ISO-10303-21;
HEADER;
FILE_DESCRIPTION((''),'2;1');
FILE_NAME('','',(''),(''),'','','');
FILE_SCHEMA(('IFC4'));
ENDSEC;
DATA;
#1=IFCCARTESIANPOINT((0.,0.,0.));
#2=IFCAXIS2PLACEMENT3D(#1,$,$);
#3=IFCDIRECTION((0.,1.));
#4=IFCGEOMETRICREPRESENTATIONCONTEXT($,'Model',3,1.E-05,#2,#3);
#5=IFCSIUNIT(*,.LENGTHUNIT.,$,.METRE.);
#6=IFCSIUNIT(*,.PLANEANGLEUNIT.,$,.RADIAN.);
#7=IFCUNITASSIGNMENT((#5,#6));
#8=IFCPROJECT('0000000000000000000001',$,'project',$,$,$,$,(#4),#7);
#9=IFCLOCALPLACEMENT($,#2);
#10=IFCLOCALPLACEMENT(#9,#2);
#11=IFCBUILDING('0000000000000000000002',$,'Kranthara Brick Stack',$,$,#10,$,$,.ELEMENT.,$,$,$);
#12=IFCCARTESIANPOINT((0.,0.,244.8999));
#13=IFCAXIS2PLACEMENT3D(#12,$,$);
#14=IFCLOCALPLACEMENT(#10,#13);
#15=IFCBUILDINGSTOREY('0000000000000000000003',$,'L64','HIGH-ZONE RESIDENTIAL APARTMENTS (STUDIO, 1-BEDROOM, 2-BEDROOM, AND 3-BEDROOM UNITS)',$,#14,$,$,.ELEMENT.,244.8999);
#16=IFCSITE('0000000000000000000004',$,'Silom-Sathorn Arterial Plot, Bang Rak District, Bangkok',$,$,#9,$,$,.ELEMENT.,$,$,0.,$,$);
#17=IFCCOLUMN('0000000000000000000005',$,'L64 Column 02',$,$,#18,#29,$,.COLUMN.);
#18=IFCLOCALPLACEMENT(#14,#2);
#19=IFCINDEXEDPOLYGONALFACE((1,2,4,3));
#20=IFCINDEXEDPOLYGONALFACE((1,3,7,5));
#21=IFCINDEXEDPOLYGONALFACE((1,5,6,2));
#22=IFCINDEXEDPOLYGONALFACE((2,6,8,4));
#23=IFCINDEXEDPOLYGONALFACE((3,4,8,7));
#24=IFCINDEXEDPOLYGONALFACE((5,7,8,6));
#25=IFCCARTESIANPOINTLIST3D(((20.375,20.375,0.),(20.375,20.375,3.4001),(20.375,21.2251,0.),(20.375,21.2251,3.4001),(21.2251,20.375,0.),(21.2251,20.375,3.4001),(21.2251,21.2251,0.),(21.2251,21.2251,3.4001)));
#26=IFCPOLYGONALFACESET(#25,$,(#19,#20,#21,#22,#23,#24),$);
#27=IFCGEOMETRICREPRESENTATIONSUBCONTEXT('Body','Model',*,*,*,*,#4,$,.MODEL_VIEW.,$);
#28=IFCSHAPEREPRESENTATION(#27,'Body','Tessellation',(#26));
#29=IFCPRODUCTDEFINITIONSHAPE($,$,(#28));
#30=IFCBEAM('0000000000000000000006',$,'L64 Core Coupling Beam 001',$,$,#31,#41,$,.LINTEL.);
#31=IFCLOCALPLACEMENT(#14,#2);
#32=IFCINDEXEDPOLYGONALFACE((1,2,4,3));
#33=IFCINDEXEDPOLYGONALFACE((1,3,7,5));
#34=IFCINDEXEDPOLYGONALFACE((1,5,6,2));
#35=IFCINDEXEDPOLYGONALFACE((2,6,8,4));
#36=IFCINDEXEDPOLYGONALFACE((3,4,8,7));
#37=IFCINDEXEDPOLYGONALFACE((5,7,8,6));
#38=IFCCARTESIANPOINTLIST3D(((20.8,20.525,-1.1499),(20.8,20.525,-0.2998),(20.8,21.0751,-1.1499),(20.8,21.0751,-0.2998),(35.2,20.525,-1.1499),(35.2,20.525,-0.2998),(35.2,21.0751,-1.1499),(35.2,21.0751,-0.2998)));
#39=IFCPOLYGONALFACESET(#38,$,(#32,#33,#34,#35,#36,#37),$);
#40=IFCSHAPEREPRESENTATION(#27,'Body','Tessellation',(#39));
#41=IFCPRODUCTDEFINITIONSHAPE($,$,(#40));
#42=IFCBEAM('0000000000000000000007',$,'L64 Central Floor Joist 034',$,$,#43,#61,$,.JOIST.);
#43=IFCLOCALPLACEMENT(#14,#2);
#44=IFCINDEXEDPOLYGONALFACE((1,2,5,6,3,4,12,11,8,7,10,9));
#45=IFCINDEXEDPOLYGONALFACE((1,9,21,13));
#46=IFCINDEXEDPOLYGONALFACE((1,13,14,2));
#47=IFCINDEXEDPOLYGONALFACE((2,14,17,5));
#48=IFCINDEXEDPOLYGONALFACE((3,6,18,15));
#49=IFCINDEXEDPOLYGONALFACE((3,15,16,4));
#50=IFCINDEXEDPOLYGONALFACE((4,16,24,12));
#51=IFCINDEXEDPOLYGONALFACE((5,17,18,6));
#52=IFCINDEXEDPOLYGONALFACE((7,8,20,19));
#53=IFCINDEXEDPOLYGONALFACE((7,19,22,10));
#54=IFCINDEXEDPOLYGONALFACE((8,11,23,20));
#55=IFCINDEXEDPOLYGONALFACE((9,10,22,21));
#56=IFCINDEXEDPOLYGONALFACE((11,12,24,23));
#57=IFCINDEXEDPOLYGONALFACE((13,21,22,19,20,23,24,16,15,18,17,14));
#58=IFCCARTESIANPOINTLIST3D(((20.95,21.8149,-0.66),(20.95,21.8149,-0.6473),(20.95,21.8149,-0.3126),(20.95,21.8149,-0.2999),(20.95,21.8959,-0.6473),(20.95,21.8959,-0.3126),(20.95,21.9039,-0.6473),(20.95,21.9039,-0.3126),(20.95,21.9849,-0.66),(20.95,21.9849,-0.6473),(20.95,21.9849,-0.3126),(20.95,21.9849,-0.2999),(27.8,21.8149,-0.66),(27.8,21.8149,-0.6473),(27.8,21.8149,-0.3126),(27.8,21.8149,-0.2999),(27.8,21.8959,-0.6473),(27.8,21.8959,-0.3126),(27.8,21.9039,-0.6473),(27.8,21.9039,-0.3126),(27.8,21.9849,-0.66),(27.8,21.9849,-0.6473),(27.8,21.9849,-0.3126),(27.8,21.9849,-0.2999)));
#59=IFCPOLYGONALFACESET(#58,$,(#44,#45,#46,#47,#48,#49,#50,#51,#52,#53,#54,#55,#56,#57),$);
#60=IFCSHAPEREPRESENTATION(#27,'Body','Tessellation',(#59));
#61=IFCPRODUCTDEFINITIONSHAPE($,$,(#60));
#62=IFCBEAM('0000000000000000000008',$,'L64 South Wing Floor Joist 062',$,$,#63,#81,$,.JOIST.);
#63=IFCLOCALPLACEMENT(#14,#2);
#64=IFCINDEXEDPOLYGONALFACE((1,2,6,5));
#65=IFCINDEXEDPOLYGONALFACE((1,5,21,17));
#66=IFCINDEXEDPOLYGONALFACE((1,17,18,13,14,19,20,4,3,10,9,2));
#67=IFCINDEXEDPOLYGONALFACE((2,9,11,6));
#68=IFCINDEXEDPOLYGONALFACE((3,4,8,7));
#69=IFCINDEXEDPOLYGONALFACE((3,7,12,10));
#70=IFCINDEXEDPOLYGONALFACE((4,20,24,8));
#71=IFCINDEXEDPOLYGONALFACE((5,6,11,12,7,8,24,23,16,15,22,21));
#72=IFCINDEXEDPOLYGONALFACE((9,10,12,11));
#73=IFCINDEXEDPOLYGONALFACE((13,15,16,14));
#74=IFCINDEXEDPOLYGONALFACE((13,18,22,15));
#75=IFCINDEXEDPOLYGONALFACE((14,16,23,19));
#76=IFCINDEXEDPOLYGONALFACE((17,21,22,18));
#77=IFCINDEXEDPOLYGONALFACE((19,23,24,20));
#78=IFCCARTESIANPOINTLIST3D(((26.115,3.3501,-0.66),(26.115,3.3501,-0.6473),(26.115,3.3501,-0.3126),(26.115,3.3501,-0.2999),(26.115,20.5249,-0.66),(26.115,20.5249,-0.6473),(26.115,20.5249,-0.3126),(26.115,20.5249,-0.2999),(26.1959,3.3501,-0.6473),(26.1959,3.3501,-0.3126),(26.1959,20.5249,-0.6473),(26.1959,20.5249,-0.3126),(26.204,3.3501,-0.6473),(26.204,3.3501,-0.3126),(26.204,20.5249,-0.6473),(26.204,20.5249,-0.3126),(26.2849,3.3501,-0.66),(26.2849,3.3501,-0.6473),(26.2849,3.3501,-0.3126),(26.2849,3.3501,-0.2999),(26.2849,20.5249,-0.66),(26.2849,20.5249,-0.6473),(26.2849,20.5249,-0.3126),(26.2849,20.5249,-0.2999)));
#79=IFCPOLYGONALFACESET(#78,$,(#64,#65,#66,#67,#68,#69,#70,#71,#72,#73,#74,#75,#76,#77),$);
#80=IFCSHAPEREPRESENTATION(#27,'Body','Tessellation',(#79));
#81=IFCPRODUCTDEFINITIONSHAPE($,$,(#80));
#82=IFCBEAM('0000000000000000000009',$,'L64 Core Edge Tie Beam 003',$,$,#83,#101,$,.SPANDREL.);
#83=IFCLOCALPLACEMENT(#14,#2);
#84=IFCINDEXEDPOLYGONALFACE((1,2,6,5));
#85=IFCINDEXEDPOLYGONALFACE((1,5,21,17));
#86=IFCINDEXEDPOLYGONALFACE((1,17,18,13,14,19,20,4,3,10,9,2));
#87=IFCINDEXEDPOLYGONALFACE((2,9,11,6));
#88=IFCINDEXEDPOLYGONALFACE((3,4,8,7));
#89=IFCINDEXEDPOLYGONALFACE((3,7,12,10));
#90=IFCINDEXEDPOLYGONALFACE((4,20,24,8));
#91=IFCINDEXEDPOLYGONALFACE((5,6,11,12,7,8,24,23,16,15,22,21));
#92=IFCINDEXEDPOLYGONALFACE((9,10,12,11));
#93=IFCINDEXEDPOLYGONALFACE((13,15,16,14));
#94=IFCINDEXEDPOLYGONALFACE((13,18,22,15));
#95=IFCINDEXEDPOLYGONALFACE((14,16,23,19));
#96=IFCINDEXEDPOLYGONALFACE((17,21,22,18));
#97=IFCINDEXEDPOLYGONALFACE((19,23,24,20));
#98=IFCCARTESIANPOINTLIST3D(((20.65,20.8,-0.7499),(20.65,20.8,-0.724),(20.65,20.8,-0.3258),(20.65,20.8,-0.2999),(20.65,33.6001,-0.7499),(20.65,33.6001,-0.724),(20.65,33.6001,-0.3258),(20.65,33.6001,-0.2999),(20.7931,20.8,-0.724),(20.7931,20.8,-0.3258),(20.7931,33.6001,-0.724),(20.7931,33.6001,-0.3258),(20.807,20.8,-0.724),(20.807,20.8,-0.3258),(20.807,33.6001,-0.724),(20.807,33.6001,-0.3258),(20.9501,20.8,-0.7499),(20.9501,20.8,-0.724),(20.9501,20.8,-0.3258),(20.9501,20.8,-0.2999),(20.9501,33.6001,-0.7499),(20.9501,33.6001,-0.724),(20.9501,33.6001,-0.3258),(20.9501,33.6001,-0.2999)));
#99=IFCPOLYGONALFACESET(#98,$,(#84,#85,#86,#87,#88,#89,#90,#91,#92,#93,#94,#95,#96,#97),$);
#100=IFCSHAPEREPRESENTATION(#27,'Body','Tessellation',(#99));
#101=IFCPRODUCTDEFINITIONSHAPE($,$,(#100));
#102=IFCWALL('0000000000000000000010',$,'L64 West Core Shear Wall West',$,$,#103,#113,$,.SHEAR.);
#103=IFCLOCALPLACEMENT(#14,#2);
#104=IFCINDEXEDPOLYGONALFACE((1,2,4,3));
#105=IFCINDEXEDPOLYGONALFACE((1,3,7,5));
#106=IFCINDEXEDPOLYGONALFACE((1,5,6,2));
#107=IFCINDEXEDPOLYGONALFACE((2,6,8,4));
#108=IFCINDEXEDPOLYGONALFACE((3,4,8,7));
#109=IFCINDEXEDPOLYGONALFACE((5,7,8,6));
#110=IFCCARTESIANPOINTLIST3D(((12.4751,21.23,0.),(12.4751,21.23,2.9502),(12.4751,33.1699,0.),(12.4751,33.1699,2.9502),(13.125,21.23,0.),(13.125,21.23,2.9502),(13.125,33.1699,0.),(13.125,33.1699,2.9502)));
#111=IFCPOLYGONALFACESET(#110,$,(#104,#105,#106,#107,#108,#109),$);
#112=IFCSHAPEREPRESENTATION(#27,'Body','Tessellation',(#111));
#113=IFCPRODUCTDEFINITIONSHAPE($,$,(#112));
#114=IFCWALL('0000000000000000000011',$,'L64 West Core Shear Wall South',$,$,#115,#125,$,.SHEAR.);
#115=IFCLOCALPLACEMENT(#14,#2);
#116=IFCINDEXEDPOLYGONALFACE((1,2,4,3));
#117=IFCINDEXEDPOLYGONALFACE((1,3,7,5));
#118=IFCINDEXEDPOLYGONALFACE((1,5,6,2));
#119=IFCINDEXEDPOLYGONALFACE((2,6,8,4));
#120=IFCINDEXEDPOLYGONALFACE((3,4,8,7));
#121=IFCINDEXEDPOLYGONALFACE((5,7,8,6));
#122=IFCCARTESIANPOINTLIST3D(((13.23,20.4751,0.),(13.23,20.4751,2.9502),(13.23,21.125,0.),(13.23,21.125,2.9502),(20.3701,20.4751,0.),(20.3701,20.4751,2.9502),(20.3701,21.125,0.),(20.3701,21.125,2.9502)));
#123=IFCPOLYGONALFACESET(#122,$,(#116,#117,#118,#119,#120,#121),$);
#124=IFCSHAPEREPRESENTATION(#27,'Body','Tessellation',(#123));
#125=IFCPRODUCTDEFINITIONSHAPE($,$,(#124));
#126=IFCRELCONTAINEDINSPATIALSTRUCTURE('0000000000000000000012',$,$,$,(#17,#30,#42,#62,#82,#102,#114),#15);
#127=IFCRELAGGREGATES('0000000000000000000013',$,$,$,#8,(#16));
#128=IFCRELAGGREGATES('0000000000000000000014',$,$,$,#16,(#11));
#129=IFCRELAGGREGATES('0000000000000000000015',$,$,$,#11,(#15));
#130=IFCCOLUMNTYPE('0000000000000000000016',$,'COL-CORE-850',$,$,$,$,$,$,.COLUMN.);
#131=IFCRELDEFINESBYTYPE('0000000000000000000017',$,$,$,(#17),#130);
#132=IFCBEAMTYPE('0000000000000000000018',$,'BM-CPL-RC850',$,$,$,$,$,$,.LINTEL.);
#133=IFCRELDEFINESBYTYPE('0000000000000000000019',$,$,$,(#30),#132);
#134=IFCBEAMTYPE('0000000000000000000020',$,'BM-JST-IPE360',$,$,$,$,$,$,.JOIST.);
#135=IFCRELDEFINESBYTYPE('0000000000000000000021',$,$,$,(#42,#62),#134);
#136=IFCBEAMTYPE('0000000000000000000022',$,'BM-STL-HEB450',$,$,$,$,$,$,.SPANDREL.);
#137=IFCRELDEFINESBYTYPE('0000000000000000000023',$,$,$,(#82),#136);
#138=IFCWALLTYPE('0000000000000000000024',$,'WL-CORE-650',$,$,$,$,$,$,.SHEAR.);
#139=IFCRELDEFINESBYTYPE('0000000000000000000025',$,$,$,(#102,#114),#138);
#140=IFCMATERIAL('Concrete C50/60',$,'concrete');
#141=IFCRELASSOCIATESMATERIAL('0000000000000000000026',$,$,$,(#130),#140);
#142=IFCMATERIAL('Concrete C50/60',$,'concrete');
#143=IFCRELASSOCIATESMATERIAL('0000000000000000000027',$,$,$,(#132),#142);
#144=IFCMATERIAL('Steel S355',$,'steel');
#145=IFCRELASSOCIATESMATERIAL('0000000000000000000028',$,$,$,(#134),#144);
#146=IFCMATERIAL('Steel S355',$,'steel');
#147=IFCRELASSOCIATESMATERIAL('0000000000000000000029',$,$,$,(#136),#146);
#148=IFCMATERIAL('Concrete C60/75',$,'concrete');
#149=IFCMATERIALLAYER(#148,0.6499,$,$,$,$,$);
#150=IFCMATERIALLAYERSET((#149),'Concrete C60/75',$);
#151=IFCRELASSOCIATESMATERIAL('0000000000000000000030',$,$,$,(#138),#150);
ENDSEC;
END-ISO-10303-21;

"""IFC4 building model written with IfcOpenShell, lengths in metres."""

from ifc_helpers import new_model, si_unit, direction, frame, frame_2d, origin, origin_2d, place, context, subcontext, project, spatial, rectangle, i_section, extrude, material, layer, layer_set, material_profile, profile_set, type_object, element, save


model = new_model("IFC4")

# Units and contexts
model_context = context("Model", 3, precision=1e-05, world=origin(), true_north=direction((0.0, 1.0)))
body_context = subcontext(model_context, "Body", "Model", "MODEL_VIEW")
ifc_project = project(units=[si_unit("LENGTHUNIT", "METRE"), si_unit("PLANEANGLEUNIT", "RADIAN")], contexts=[model_context])

# Site, building, storey
site_placement = place(None, origin())
site = spatial("IfcSite", under=ifc_project, at=site_placement, Name="Silom-Sathorn Arterial Plot, Bang Rak District, Bangkok", CompositionType="ELEMENT", RefElevation=0.0)
building_placement = place(site_placement, origin())
building = spatial("IfcBuilding", under=site, at=building_placement, Name="Kranthara Brick Stack", CompositionType="ELEMENT")
storey_placement = place(building_placement, frame((0.0, 0.0, 244.8999)))
storey = spatial("IfcBuildingStorey", under=building, at=storey_placement, Name="L64", Description="HIGH-ZONE RESIDENTIAL APARTMENTS (STUDIO, 1-BEDROOM, 2-BEDROOM, AND 3-BEDROOM UNITS)", CompositionType="ELEMENT", Elevation=244.8999)

# Column
ifc_material_1 = material(Name="Concrete C50/60", Category="concrete")
ifc_material_profile_1 = material_profile(ifc_material_1, rectangle(XDim=0.8501, YDim=0.8501, at=origin_2d()), Name="RC 850x850")
ifc_profile_set_1 = profile_set([ifc_material_profile_1], Name="Concrete C50/60")
column_type = type_object("IfcColumnType", Name="COL-CORE-850", PredefinedType="COLUMN", material=ifc_profile_set_1)
column_placement = place(storey_placement, frame((20.8, 20.8, 0.0), z_axis=(0.0, 0.0, 1.0), x_axis=(1.0, 0.0, 0.0)))
element("IfcColumn", 1, at=column_placement, inside=storey, type_object=column_type, Name="L64 Column 02", PredefinedType="COLUMN", context=body_context, shape_type="SweptSolid", body=[
    extrude(rectangle(XDim=0.8501, YDim=0.8501, at=origin_2d()), origin(), (0.0, 0.0, 1.0), 3.4001),
])

# Beams
ifc_material_2 = material(Name="Concrete C50/60", Category="concrete")
ifc_material_profile_2 = material_profile(ifc_material_2, rectangle(XDim=0.55, YDim=0.8501, at=origin_2d()), Name="RC 550x850")
ifc_profile_set_2 = profile_set([ifc_material_profile_2], Name="Concrete C50/60")
beam_type_1 = type_object("IfcBeamType", Name="BM-CPL-RC850", PredefinedType="LINTEL", material=ifc_profile_set_2)
beam_1_placement = place(storey_placement, frame((20.8, 20.8, -0.7249), z_axis=(1.0, 0.0, 0.0), x_axis=(0.0, 1.0, 0.0)))
element("IfcBeam", 2, at=beam_1_placement, inside=storey, type_object=beam_type_1, Name="L64 Core Coupling Beam 001", PredefinedType="LINTEL", context=body_context, shape_type="SweptSolid", body=[
    extrude(rectangle(XDim=0.55, YDim=0.8501, at=origin_2d()), origin(), (0.0, 0.0, 1.0), 14.3999),
])
ifc_material_3 = material(Name="Steel S355", Category="steel")
ifc_material_profile_3 = material_profile(ifc_material_3, i_section(OverallWidth=0.1699, OverallDepth=0.3601, WebThickness=0.0081, FlangeThickness=0.0127, at=origin_2d()), Name="IPE 360")
ifc_profile_set_3 = profile_set([ifc_material_profile_3], Name="Steel S355")
beam_type_2 = type_object("IfcBeamType", Name="BM-JST-IPE360", PredefinedType="JOIST", material=ifc_profile_set_3)
beam_2_placement = place(storey_placement, frame((20.95, 21.8999, -0.48), z_axis=(1.0, 0.0, 0.0), x_axis=(0.0, 1.0, 0.0)))
element("IfcBeam", 3, at=beam_2_placement, inside=storey, type_object=beam_type_2, Name="L64 Central Floor Joist 034", PredefinedType="JOIST", context=body_context, shape_type="SweptSolid", body=[
    extrude(i_section(OverallWidth=0.1699, OverallDepth=0.3601, WebThickness=0.0081, FlangeThickness=0.0127, at=origin_2d()), origin(), (0.0, 0.0, 1.0), 6.8501),
])
beam_3_placement = place(storey_placement, frame((26.2, 3.3501, -0.48), z_axis=(0.0, 1.0, 0.0), x_axis=(-1.0, 0.0, 0.0)))
element("IfcBeam", 4, at=beam_3_placement, inside=storey, type_object=beam_type_2, Name="L64 South Wing Floor Joist 062", PredefinedType="JOIST", context=body_context, shape_type="SweptSolid", body=[
    extrude(i_section(OverallWidth=0.1699, OverallDepth=0.3601, WebThickness=0.0081, FlangeThickness=0.0127, at=origin_2d()), origin(), (0.0, 0.0, 1.0), 17.1748),
])
ifc_material_4 = material(Name="Steel S355", Category="steel")
ifc_material_profile_4 = material_profile(ifc_material_4, i_section(OverallWidth=0.3, OverallDepth=0.45, WebThickness=0.0139, FlangeThickness=0.0259, at=origin_2d()), Name="HEB 450")
ifc_profile_set_4 = profile_set([ifc_material_profile_4], Name="Steel S355")
beam_type_3 = type_object("IfcBeamType", Name="BM-STL-HEB450", PredefinedType="SPANDREL", material=ifc_profile_set_4)
beam_4_placement = place(storey_placement, frame((20.8, 20.8, -0.5249), z_axis=(0.0, 1.0, 0.0), x_axis=(-1.0, 0.0, 0.0)))
element("IfcBeam", 5, at=beam_4_placement, inside=storey, type_object=beam_type_3, Name="L64 Core Edge Tie Beam 003", PredefinedType="SPANDREL", context=body_context, shape_type="SweptSolid", body=[
    extrude(i_section(OverallWidth=0.3, OverallDepth=0.45, WebThickness=0.0139, FlangeThickness=0.0259, at=origin_2d()), origin(), (0.0, 0.0, 1.0), 12.8),
])

# Walls
ifc_material_5 = material(Name="Concrete C60/75", Category="concrete")
ifc_layer_1 = layer(ifc_material_5, 0.6499)
ifc_layer_set_1 = layer_set([ifc_layer_1], Name="Concrete C60/75")
wall_type_1 = type_object("IfcWallType", Name="WL-CORE-650", PredefinedType="SHEAR", material=ifc_layer_set_1)
wall_1_placement = place(storey_placement, frame((12.8, 21.23, 0.0), z_axis=(0.0, 0.0, 1.0), x_axis=(0.0, 1.0, 0.0)))
element("IfcWall", 6, at=wall_1_placement, inside=storey, type_object=wall_type_1, Name="L64 West Core Shear Wall West", PredefinedType="SHEAR", context=body_context, shape_type="SweptSolid", body=[
    extrude(rectangle(XDim=11.9399, YDim=0.6499, at=frame_2d((5.97, 0.0))), origin(), (0.0, 0.0, 1.0), 2.9502),
])
wall_2_placement = place(storey_placement, frame((13.23, 20.8, 0.0), z_axis=(0.0, 0.0, 1.0), x_axis=(1.0, 0.0, 0.0)))
element("IfcWall", 7, at=wall_2_placement, inside=storey, type_object=wall_type_1, Name="L64 West Core Shear Wall South", PredefinedType="SHEAR", context=body_context, shape_type="SweptSolid", body=[
    extrude(rectangle(XDim=7.1401, YDim=0.6499, at=frame_2d((3.5701, 0.0))), origin(), (0.0, 0.0, 1.0), 2.9502),
])

save(model, "model.ifc")
